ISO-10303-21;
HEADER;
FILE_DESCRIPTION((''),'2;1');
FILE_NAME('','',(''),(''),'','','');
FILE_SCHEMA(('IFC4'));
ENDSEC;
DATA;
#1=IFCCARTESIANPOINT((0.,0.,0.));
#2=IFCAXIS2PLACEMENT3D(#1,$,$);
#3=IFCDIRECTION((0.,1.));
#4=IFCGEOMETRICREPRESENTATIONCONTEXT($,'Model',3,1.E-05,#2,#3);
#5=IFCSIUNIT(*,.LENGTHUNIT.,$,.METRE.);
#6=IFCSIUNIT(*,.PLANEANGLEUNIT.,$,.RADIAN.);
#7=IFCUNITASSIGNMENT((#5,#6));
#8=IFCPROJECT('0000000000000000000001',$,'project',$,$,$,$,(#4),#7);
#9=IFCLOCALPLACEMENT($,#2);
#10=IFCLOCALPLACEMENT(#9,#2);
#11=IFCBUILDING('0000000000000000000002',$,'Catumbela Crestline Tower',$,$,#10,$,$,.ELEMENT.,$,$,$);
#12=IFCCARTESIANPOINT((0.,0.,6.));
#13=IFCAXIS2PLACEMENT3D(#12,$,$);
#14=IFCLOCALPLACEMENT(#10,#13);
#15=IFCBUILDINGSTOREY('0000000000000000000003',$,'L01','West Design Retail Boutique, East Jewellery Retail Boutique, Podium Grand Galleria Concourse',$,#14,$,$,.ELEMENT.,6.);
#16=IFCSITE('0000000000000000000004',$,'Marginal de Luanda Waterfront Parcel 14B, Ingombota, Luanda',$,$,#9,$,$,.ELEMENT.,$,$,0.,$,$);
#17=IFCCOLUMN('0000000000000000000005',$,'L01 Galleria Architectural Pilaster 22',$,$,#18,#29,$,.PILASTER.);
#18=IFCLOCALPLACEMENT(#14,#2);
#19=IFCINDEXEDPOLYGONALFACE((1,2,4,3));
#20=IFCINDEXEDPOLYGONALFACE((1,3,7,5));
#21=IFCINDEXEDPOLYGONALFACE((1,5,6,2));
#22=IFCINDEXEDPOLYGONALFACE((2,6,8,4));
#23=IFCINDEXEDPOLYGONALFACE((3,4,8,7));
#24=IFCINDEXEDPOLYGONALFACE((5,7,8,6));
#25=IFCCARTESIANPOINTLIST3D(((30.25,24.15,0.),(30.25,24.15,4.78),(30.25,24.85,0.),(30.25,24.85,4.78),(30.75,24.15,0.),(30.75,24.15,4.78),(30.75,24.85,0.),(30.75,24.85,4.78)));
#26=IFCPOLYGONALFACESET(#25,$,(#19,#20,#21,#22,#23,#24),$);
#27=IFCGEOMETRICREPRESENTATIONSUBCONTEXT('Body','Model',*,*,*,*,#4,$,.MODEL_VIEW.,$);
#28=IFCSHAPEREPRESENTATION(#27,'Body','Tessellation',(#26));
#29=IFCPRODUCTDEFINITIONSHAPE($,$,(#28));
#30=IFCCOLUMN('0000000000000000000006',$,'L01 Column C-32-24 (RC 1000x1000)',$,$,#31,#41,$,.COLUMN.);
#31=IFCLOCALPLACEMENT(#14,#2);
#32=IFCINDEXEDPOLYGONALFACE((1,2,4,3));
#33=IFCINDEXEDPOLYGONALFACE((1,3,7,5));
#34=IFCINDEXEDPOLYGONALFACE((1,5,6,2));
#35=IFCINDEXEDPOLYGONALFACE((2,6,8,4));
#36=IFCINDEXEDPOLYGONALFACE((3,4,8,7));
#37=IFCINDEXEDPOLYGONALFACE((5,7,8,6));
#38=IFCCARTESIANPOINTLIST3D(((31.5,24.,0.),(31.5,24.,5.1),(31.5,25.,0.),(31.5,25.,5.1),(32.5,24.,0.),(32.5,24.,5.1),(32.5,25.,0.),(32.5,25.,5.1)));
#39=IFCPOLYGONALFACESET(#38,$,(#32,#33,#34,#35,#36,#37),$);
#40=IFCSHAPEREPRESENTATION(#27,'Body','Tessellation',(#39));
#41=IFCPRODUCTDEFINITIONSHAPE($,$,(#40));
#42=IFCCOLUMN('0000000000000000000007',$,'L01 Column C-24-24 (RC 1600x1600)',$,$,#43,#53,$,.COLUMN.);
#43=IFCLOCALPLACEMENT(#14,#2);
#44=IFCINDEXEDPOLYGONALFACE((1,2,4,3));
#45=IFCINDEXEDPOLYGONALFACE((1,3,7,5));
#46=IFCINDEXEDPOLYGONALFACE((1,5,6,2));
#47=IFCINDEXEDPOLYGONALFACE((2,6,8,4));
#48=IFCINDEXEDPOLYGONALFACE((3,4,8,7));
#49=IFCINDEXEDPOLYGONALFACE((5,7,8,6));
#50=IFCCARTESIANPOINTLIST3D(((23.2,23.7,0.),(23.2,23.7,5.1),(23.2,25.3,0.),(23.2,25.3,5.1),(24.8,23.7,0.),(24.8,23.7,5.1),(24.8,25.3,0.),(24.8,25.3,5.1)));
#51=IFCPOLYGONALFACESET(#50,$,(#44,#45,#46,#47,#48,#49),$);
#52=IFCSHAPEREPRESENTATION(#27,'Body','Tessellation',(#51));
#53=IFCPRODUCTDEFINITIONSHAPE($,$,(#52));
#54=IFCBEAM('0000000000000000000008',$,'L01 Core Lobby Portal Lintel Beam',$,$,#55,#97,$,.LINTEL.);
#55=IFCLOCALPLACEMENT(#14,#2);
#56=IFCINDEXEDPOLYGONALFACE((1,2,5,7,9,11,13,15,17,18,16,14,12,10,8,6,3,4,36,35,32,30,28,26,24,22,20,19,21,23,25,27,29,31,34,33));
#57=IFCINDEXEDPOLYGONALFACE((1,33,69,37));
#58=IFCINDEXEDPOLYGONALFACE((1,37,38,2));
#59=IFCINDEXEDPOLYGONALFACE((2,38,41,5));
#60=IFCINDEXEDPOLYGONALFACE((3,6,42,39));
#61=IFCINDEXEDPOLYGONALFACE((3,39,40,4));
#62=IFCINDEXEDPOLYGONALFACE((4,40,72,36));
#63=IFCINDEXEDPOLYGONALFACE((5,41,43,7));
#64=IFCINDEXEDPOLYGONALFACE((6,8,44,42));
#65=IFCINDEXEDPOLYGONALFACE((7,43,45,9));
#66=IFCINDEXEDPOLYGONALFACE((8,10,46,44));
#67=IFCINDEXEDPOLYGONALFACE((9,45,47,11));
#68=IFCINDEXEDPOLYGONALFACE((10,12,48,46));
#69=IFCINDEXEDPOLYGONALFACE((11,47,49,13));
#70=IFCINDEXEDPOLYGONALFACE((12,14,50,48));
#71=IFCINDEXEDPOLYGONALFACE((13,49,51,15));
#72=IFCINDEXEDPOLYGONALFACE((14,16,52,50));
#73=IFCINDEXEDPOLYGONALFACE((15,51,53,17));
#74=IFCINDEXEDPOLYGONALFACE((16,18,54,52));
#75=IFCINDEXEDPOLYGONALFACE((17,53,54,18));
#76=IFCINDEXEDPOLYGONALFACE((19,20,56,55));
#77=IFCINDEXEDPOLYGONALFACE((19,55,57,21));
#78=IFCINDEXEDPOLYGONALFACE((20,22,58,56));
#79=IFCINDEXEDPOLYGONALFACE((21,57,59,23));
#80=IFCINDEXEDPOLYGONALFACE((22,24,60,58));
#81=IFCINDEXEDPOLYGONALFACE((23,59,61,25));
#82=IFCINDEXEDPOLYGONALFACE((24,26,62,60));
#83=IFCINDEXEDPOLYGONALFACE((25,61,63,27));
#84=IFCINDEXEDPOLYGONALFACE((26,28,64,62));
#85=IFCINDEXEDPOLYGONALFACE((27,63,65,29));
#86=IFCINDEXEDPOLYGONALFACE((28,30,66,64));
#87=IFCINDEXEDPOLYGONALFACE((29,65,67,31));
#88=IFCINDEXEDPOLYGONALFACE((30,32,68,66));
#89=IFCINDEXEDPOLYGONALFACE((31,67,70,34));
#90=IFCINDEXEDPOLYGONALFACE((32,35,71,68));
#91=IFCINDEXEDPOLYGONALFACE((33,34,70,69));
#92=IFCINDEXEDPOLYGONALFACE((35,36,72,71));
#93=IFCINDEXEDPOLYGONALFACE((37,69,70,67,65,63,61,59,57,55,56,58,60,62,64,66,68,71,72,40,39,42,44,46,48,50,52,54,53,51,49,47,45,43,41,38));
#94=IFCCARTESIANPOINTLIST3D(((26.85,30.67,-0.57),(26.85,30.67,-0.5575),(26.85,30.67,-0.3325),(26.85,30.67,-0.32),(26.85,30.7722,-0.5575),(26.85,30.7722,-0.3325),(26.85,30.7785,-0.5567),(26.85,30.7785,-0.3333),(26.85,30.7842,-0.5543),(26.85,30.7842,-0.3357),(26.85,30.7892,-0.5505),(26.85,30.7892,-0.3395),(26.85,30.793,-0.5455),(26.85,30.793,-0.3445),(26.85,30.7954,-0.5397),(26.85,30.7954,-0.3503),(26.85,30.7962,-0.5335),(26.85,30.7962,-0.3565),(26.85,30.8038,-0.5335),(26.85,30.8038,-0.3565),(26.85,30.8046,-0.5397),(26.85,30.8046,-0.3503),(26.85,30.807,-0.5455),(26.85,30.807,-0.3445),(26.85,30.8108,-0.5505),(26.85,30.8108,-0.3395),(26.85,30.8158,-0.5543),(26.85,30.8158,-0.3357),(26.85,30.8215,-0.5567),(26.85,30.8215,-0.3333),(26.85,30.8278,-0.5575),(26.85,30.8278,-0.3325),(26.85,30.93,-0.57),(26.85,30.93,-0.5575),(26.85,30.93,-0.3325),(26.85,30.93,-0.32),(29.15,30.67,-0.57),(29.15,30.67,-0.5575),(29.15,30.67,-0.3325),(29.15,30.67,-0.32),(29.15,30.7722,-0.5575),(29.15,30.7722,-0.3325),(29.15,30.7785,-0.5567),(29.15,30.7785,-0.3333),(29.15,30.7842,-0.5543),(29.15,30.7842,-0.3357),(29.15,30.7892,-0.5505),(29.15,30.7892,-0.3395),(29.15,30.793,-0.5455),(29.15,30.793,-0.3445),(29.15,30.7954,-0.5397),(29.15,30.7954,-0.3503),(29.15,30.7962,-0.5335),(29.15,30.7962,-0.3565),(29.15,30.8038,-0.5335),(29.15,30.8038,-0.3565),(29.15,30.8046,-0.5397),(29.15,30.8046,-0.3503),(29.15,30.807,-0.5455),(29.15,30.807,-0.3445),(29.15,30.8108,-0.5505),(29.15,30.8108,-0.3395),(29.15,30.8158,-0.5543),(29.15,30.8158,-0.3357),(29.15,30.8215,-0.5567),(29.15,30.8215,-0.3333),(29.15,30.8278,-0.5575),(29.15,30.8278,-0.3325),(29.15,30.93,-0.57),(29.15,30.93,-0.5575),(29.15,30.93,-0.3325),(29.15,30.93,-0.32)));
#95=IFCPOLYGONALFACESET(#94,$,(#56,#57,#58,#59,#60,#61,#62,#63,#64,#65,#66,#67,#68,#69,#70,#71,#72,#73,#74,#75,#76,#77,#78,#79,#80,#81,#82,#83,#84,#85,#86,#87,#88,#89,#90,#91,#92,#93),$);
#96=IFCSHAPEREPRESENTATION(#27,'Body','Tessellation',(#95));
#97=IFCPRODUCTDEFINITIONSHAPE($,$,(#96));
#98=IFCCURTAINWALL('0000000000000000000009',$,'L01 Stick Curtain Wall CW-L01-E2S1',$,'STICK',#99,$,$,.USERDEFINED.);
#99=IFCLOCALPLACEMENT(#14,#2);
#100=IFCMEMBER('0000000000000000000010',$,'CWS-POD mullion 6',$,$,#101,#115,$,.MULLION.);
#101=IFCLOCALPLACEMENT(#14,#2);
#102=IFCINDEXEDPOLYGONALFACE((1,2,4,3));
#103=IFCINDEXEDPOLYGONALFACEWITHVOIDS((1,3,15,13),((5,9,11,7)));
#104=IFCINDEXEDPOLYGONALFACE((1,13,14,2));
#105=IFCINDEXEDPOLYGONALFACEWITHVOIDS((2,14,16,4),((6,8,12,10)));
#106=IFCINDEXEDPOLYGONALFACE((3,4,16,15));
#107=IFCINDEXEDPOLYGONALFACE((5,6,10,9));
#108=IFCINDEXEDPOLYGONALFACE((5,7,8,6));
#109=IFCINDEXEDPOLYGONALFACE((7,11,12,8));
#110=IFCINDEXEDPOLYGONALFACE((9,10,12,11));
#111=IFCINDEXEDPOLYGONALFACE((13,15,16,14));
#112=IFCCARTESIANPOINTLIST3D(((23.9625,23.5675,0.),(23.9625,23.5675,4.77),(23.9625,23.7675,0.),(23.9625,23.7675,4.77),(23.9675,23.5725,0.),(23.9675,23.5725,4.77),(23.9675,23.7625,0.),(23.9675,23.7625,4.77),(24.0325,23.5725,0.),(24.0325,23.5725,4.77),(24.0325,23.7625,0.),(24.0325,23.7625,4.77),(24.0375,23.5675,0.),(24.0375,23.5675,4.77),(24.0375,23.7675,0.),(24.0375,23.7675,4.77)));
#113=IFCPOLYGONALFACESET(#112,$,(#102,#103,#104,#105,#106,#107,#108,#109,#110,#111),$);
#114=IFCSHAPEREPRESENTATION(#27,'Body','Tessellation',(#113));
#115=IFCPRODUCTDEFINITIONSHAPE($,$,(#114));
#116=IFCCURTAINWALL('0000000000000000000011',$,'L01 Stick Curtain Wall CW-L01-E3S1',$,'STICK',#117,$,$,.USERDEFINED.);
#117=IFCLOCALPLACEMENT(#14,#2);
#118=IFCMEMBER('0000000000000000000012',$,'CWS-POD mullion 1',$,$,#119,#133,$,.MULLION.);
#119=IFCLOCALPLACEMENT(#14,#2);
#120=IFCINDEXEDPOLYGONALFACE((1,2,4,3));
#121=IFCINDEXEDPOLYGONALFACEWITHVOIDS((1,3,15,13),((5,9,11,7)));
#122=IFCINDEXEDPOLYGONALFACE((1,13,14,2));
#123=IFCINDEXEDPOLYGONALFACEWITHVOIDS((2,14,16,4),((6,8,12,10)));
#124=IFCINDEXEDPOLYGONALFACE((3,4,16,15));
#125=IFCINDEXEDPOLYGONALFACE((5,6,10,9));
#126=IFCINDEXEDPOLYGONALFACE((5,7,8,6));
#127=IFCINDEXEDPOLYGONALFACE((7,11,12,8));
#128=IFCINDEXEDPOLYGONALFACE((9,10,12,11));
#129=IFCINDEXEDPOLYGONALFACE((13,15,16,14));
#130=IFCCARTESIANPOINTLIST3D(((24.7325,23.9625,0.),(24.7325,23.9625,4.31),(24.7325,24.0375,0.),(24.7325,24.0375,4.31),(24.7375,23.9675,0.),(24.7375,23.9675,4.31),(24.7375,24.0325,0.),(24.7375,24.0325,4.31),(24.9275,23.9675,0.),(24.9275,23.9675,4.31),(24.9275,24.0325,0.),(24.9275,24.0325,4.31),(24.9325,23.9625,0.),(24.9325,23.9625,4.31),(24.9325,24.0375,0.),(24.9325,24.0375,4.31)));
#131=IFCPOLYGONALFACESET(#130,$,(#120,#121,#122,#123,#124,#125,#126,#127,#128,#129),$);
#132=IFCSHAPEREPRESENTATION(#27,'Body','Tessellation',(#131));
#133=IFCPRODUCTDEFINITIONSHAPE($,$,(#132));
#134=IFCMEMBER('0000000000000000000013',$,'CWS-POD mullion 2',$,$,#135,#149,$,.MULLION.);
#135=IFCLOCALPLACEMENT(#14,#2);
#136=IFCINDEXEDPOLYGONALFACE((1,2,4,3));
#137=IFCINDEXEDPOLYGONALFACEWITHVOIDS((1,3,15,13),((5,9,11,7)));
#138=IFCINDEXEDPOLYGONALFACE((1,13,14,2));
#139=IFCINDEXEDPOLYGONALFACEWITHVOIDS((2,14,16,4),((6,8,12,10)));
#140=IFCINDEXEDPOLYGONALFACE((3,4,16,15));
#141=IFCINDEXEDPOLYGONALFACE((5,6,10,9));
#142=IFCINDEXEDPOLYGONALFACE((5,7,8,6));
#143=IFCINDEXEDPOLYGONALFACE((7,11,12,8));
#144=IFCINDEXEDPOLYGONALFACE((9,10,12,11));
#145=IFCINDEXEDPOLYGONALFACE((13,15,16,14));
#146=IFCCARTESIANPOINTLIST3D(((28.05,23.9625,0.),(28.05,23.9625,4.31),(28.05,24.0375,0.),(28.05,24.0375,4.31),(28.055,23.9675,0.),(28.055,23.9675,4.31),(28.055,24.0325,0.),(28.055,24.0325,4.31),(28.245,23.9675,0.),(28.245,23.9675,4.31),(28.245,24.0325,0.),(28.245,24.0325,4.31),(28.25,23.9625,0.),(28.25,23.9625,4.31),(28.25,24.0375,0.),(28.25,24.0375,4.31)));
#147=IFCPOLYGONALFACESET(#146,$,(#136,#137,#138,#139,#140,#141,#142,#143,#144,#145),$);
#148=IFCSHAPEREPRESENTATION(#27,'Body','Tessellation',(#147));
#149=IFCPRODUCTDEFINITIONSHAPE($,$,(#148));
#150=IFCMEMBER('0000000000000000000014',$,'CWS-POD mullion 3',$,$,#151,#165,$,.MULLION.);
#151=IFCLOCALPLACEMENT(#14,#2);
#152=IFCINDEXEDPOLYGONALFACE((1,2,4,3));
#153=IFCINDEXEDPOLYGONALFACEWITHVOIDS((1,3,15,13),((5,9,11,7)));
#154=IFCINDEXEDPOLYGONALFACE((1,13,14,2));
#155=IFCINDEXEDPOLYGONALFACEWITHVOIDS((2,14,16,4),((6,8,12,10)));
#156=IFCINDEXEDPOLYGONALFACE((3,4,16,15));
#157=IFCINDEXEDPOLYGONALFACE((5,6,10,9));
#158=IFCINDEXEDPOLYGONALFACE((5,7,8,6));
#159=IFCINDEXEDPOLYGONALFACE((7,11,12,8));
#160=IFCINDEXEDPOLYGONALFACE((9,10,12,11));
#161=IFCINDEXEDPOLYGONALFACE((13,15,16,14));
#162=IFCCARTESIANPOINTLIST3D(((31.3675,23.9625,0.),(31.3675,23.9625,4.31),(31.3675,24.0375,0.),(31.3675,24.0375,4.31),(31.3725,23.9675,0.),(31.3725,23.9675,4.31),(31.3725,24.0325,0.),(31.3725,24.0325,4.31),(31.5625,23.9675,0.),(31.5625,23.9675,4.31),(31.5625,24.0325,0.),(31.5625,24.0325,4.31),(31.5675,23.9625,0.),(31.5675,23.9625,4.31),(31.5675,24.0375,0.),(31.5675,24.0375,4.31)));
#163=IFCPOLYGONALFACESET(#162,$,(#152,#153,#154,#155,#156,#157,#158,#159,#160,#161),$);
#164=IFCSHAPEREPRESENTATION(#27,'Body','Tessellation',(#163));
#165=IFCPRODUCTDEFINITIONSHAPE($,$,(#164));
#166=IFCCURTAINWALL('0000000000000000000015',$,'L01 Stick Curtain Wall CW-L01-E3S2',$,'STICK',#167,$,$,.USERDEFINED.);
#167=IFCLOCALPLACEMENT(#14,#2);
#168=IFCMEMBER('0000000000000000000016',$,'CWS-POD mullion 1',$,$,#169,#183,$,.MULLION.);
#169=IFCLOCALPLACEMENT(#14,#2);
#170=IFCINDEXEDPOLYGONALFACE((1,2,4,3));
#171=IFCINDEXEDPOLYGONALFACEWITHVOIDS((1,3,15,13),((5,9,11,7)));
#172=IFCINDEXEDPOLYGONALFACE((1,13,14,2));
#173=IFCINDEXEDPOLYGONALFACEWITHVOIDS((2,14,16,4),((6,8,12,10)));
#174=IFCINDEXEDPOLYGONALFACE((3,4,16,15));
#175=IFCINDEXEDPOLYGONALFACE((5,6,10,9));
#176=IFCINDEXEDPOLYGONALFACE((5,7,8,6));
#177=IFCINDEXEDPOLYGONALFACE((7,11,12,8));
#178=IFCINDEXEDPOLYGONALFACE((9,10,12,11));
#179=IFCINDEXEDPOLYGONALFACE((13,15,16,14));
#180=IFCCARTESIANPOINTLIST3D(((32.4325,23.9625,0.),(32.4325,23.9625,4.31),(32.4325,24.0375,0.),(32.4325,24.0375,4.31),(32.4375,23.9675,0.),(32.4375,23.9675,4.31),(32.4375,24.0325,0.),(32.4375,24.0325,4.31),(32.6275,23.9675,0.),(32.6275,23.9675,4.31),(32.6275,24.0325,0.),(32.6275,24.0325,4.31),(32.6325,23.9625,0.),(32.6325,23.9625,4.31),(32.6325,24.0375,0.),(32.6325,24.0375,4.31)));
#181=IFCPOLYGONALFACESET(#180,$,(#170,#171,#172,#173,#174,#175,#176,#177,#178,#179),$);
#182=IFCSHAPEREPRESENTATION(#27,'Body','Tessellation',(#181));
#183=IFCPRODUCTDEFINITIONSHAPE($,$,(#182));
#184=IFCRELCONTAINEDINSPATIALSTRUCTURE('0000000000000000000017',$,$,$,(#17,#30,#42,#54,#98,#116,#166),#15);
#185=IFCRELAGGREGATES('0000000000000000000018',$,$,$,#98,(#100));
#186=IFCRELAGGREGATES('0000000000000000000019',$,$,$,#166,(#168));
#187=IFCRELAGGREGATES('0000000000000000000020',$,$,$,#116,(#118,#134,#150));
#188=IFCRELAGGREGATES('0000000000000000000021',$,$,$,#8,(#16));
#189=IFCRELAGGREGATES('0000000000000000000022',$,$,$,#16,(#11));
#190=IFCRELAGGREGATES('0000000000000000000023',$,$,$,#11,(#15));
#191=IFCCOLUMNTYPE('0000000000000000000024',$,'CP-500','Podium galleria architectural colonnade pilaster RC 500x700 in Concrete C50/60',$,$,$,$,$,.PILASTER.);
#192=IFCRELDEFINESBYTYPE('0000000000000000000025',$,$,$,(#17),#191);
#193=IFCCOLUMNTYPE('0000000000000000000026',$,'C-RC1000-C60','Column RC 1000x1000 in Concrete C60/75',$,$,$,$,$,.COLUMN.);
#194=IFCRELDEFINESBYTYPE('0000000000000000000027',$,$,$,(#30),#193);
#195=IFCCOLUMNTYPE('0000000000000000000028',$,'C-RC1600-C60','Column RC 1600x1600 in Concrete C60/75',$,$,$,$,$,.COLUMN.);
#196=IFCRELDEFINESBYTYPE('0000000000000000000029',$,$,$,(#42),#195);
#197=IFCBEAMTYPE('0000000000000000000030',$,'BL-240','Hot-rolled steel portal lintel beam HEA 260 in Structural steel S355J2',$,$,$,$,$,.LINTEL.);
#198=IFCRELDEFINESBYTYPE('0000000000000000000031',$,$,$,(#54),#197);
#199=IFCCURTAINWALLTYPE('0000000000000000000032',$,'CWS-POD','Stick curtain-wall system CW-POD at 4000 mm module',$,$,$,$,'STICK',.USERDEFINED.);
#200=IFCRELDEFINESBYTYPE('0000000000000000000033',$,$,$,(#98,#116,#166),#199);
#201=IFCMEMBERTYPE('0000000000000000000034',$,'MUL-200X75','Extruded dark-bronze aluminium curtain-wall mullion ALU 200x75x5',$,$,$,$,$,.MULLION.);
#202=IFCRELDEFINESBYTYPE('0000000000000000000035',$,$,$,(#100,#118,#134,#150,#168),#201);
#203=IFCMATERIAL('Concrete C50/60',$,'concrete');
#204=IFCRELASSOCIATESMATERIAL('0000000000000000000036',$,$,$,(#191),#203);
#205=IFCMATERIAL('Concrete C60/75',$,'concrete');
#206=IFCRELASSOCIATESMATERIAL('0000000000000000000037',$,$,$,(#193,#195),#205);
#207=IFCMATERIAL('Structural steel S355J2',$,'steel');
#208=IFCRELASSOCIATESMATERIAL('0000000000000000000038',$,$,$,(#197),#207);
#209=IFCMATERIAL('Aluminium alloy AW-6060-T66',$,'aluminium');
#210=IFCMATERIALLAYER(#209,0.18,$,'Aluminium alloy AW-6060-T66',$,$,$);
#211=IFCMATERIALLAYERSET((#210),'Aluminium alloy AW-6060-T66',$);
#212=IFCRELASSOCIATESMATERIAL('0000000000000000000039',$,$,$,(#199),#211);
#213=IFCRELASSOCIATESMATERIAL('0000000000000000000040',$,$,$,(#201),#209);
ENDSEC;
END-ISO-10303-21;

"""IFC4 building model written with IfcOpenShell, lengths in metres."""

from ifc_helpers import new_model, si_unit, direction, frame, origin, origin_2d, place, context, subcontext, project, spatial, rectangle, hollow_rectangle, i_section, extrude, material, layer, layer_set, material_profile, profile_set, type_object, element, aggregate, save


model = new_model("IFC4")

# Units and contexts
model_context = context("Model", 3, precision=1e-05, world=origin(), true_north=direction((0.0, 1.0)))
body_context = subcontext(model_context, "Body", "Model", "MODEL_VIEW")
ifc_project = project(units=[si_unit("LENGTHUNIT", "METRE"), si_unit("PLANEANGLEUNIT", "RADIAN")], contexts=[model_context])

# Site, building, storey
site_placement = place(None, origin())
site = spatial("IfcSite", under=ifc_project, at=site_placement, Name="Marginal de Luanda Waterfront Parcel 14B, Ingombota, Luanda", CompositionType="ELEMENT", RefElevation=0.0)
building_placement = place(site_placement, origin())
building = spatial("IfcBuilding", under=site, at=building_placement, Name="Catumbela Crestline Tower", CompositionType="ELEMENT")
storey_placement = place(building_placement, frame((0.0, 0.0, 6.0)))
storey = spatial("IfcBuildingStorey", under=building, at=storey_placement, Name="L01", Description="West Design Retail Boutique, East Jewellery Retail Boutique, Podium Grand Galleria Concourse", CompositionType="ELEMENT", Elevation=6.0)

# Columns
ifc_material_1 = material(Name="Concrete C50/60", Category="concrete")
ifc_material_profile_1 = material_profile(ifc_material_1, rectangle(XDim=0.5, YDim=0.7, at=origin_2d()), Name="RC 500x700")
ifc_profile_set_1 = profile_set([ifc_material_profile_1], Name="Concrete C50/60")
column_type_1 = type_object("IfcColumnType", Name="CP-500", Description="Podium galleria architectural colonnade pilaster RC 500x700 in Concrete C50/60", PredefinedType="PILASTER", material=ifc_profile_set_1)
column_1_placement = place(storey_placement, frame((30.5, 24.5, 0.0), z_axis=(0.0, 0.0, 1.0), x_axis=(1.0, 0.0, 0.0)))
element("IfcColumn", 1, at=column_1_placement, inside=storey, type_object=column_type_1, Name="L01 Galleria Architectural Pilaster 22", PredefinedType="PILASTER", context=body_context, shape_type="SweptSolid", body=[
    extrude(rectangle(XDim=0.5, YDim=0.7, at=origin_2d()), origin(), (0.0, 0.0, 1.0), 4.78),
])
ifc_material_2 = material(Name="Concrete C60/75", Category="concrete")
ifc_material_profile_2 = material_profile(ifc_material_2, rectangle(XDim=1.0, YDim=1.0, at=origin_2d()), Name="RC 1000x1000")
ifc_profile_set_2 = profile_set([ifc_material_profile_2], Name="Concrete C60/75")
column_type_2 = type_object("IfcColumnType", Name="C-RC1000-C60", Description="Column RC 1000x1000 in Concrete C60/75", PredefinedType="COLUMN", material=ifc_profile_set_2)
column_2_placement = place(storey_placement, frame((32.0, 24.5, 0.0), z_axis=(0.0, 0.0, 1.0), x_axis=(1.0, 0.0, 0.0)))
element("IfcColumn", 2, at=column_2_placement, inside=storey, type_object=column_type_2, Name="L01 Column C-32-24 (RC 1000x1000)", PredefinedType="COLUMN", context=body_context, shape_type="SweptSolid", body=[
    extrude(rectangle(XDim=1.0, YDim=1.0, at=origin_2d()), origin(), (0.0, 0.0, 1.0), 5.1),
])
ifc_material_profile_3 = material_profile(ifc_material_2, rectangle(XDim=1.6, YDim=1.6, at=origin_2d()), Name="RC 1600x1600")
ifc_profile_set_3 = profile_set([ifc_material_profile_3], Name="Concrete C60/75")
column_type_3 = type_object("IfcColumnType", Name="C-RC1600-C60", Description="Column RC 1600x1600 in Concrete C60/75", PredefinedType="COLUMN", material=ifc_profile_set_3)
column_3_placement = place(storey_placement, frame((24.0, 24.5, 0.0), z_axis=(0.0, 0.0, 1.0), x_axis=(1.0, 0.0, 0.0)))
element("IfcColumn", 3, at=column_3_placement, inside=storey, type_object=column_type_3, Name="L01 Column C-24-24 (RC 1600x1600)", PredefinedType="COLUMN", context=body_context, shape_type="SweptSolid", body=[
    extrude(rectangle(XDim=1.6, YDim=1.6, at=origin_2d()), origin(), (0.0, 0.0, 1.0), 5.1),
])

# Beam
ifc_material_3 = material(Name="Structural steel S355J2", Category="steel")
ifc_material_profile_4 = material_profile(ifc_material_3, i_section(OverallWidth=0.26, OverallDepth=0.25, WebThickness=0.0075, FlangeThickness=0.0125, FilletRadius=0.024, at=origin_2d()), Name="HEA 260")
ifc_profile_set_4 = profile_set([ifc_material_profile_4], Name="Structural steel S355J2")
beam_type_1 = type_object("IfcBeamType", Name="BL-240", Description="Hot-rolled steel portal lintel beam HEA 260 in Structural steel S355J2", PredefinedType="LINTEL", material=ifc_profile_set_4)
beam_1_placement = place(storey_placement, frame((26.85, 30.8, -0.445), z_axis=(1.0, 0.0, 0.0), x_axis=(0.0, 1.0, 0.0)))
element("IfcBeam", 4, at=beam_1_placement, inside=storey, type_object=beam_type_1, Name="L01 Core Lobby Portal Lintel Beam", PredefinedType="LINTEL", context=body_context, shape_type="SweptSolid", body=[
    extrude(i_section(OverallWidth=0.26, OverallDepth=0.25, WebThickness=0.0075, FlangeThickness=0.0125, FilletRadius=0.024, at=origin_2d()), origin(), (0.0, 0.0, 1.0), 2.3),
])

# Curtain wall, member
ifc_material_4 = material(Name="Aluminium alloy AW-6060-T66", Category="aluminium")
ifc_layer_1 = layer(ifc_material_4, 0.18, Name="Aluminium alloy AW-6060-T66")
ifc_layer_set_1 = layer_set([ifc_layer_1], Name="Aluminium alloy AW-6060-T66")
curtain_wall_type = type_object("IfcCurtainWallType", Name="CWS-POD", Description="Stick curtain-wall system CW-POD at 4000 mm module", ElementType="STICK", PredefinedType="USERDEFINED", material=ifc_layer_set_1)
curtain_wall_1_placement = place(storey_placement, origin())
curtain_wall_1 = element("IfcCurtainWall", 5, at=curtain_wall_1_placement, inside=storey, type_object=curtain_wall_type, Name="L01 Stick Curtain Wall CW-L01-E2S1", ObjectType="STICK", PredefinedType="USERDEFINED")
ifc_material_profile_5 = material_profile(ifc_material_4, hollow_rectangle(XDim=0.075, YDim=0.2, WallThickness=0.005, at=origin_2d()), Name="ALU 200x75x5")
ifc_profile_set_5 = profile_set([ifc_material_profile_5], Name="Aluminium alloy AW-6060-T66")
member_type_1 = type_object("IfcMemberType", Name="MUL-200X75", Description="Extruded dark-bronze aluminium curtain-wall mullion ALU 200x75x5", PredefinedType="MULLION", material=ifc_profile_set_5)
member_1_placement = place(storey_placement, frame((24.0, 23.6675, 0.0), z_axis=(0.0, 0.0, 1.0), x_axis=(-1.0, 0.0, 0.0)))
member_1 = element("IfcMember", 6, at=member_1_placement, type_object=member_type_1, Name="CWS-POD mullion 6", PredefinedType="MULLION", context=body_context, shape_type="SweptSolid", body=[
    extrude(hollow_rectangle(XDim=0.075, YDim=0.2, WallThickness=0.005, at=origin_2d()), origin(), (0.0, 0.0, 1.0), 4.77),
])
aggregate(curtain_wall_1, [member_1])

# Curtain wall, members
curtain_wall_2_placement = place(storey_placement, origin())
curtain_wall_2 = element("IfcCurtainWall", 7, at=curtain_wall_2_placement, inside=storey, type_object=curtain_wall_type, Name="L01 Stick Curtain Wall CW-L01-E3S1", ObjectType="STICK", PredefinedType="USERDEFINED")
member_2_placement = place(storey_placement, frame((24.8325, 24.0, 0.0), z_axis=(0.0, 0.0, 1.0), x_axis=(0.0, 1.0, 0.0)))
member_2 = element("IfcMember", 8, at=member_2_placement, type_object=member_type_1, Name="CWS-POD mullion 1", PredefinedType="MULLION", context=body_context, shape_type="SweptSolid", body=[
    extrude(hollow_rectangle(XDim=0.075, YDim=0.2, WallThickness=0.005, at=origin_2d()), origin(), (0.0, 0.0, 1.0), 4.31),
])
member_3_placement = place(storey_placement, frame((28.15, 24.0, 0.0), z_axis=(0.0, 0.0, 1.0), x_axis=(0.0, 1.0, 0.0)))
member_3 = element("IfcMember", 9, at=member_3_placement, type_object=member_type_1, Name="CWS-POD mullion 2", PredefinedType="MULLION", context=body_context, shape_type="SweptSolid", body=[
    extrude(hollow_rectangle(XDim=0.075, YDim=0.2, WallThickness=0.005, at=origin_2d()), origin(), (0.0, 0.0, 1.0), 4.31),
])
member_4_placement = place(storey_placement, frame((31.4675, 24.0, 0.0), z_axis=(0.0, 0.0, 1.0), x_axis=(0.0, 1.0, 0.0)))
member_4 = element("IfcMember", 10, at=member_4_placement, type_object=member_type_1, Name="CWS-POD mullion 3", PredefinedType="MULLION", context=body_context, shape_type="SweptSolid", body=[
    extrude(hollow_rectangle(XDim=0.075, YDim=0.2, WallThickness=0.005, at=origin_2d()), origin(), (0.0, 0.0, 1.0), 4.31),
])

# Curtain wall, member
curtain_wall_3_placement = place(storey_placement, origin())
curtain_wall_3 = element("IfcCurtainWall", 11, at=curtain_wall_3_placement, inside=storey, type_object=curtain_wall_type, Name="L01 Stick Curtain Wall CW-L01-E3S2", ObjectType="STICK", PredefinedType="USERDEFINED")
member_5_placement = place(storey_placement, frame((32.5325, 24.0, 0.0), z_axis=(0.0, 0.0, 1.0), x_axis=(0.0, 1.0, 0.0)))
member_5 = element("IfcMember", 12, at=member_5_placement, type_object=member_type_1, Name="CWS-POD mullion 1", PredefinedType="MULLION", context=body_context, shape_type="SweptSolid", body=[
    extrude(hollow_rectangle(XDim=0.075, YDim=0.2, WallThickness=0.005, at=origin_2d()), origin(), (0.0, 0.0, 1.0), 4.31),
])
aggregate(curtain_wall_3, [member_5])

aggregate(curtain_wall_2, [member_2, member_3, member_4])

save(model, "model.ifc")
